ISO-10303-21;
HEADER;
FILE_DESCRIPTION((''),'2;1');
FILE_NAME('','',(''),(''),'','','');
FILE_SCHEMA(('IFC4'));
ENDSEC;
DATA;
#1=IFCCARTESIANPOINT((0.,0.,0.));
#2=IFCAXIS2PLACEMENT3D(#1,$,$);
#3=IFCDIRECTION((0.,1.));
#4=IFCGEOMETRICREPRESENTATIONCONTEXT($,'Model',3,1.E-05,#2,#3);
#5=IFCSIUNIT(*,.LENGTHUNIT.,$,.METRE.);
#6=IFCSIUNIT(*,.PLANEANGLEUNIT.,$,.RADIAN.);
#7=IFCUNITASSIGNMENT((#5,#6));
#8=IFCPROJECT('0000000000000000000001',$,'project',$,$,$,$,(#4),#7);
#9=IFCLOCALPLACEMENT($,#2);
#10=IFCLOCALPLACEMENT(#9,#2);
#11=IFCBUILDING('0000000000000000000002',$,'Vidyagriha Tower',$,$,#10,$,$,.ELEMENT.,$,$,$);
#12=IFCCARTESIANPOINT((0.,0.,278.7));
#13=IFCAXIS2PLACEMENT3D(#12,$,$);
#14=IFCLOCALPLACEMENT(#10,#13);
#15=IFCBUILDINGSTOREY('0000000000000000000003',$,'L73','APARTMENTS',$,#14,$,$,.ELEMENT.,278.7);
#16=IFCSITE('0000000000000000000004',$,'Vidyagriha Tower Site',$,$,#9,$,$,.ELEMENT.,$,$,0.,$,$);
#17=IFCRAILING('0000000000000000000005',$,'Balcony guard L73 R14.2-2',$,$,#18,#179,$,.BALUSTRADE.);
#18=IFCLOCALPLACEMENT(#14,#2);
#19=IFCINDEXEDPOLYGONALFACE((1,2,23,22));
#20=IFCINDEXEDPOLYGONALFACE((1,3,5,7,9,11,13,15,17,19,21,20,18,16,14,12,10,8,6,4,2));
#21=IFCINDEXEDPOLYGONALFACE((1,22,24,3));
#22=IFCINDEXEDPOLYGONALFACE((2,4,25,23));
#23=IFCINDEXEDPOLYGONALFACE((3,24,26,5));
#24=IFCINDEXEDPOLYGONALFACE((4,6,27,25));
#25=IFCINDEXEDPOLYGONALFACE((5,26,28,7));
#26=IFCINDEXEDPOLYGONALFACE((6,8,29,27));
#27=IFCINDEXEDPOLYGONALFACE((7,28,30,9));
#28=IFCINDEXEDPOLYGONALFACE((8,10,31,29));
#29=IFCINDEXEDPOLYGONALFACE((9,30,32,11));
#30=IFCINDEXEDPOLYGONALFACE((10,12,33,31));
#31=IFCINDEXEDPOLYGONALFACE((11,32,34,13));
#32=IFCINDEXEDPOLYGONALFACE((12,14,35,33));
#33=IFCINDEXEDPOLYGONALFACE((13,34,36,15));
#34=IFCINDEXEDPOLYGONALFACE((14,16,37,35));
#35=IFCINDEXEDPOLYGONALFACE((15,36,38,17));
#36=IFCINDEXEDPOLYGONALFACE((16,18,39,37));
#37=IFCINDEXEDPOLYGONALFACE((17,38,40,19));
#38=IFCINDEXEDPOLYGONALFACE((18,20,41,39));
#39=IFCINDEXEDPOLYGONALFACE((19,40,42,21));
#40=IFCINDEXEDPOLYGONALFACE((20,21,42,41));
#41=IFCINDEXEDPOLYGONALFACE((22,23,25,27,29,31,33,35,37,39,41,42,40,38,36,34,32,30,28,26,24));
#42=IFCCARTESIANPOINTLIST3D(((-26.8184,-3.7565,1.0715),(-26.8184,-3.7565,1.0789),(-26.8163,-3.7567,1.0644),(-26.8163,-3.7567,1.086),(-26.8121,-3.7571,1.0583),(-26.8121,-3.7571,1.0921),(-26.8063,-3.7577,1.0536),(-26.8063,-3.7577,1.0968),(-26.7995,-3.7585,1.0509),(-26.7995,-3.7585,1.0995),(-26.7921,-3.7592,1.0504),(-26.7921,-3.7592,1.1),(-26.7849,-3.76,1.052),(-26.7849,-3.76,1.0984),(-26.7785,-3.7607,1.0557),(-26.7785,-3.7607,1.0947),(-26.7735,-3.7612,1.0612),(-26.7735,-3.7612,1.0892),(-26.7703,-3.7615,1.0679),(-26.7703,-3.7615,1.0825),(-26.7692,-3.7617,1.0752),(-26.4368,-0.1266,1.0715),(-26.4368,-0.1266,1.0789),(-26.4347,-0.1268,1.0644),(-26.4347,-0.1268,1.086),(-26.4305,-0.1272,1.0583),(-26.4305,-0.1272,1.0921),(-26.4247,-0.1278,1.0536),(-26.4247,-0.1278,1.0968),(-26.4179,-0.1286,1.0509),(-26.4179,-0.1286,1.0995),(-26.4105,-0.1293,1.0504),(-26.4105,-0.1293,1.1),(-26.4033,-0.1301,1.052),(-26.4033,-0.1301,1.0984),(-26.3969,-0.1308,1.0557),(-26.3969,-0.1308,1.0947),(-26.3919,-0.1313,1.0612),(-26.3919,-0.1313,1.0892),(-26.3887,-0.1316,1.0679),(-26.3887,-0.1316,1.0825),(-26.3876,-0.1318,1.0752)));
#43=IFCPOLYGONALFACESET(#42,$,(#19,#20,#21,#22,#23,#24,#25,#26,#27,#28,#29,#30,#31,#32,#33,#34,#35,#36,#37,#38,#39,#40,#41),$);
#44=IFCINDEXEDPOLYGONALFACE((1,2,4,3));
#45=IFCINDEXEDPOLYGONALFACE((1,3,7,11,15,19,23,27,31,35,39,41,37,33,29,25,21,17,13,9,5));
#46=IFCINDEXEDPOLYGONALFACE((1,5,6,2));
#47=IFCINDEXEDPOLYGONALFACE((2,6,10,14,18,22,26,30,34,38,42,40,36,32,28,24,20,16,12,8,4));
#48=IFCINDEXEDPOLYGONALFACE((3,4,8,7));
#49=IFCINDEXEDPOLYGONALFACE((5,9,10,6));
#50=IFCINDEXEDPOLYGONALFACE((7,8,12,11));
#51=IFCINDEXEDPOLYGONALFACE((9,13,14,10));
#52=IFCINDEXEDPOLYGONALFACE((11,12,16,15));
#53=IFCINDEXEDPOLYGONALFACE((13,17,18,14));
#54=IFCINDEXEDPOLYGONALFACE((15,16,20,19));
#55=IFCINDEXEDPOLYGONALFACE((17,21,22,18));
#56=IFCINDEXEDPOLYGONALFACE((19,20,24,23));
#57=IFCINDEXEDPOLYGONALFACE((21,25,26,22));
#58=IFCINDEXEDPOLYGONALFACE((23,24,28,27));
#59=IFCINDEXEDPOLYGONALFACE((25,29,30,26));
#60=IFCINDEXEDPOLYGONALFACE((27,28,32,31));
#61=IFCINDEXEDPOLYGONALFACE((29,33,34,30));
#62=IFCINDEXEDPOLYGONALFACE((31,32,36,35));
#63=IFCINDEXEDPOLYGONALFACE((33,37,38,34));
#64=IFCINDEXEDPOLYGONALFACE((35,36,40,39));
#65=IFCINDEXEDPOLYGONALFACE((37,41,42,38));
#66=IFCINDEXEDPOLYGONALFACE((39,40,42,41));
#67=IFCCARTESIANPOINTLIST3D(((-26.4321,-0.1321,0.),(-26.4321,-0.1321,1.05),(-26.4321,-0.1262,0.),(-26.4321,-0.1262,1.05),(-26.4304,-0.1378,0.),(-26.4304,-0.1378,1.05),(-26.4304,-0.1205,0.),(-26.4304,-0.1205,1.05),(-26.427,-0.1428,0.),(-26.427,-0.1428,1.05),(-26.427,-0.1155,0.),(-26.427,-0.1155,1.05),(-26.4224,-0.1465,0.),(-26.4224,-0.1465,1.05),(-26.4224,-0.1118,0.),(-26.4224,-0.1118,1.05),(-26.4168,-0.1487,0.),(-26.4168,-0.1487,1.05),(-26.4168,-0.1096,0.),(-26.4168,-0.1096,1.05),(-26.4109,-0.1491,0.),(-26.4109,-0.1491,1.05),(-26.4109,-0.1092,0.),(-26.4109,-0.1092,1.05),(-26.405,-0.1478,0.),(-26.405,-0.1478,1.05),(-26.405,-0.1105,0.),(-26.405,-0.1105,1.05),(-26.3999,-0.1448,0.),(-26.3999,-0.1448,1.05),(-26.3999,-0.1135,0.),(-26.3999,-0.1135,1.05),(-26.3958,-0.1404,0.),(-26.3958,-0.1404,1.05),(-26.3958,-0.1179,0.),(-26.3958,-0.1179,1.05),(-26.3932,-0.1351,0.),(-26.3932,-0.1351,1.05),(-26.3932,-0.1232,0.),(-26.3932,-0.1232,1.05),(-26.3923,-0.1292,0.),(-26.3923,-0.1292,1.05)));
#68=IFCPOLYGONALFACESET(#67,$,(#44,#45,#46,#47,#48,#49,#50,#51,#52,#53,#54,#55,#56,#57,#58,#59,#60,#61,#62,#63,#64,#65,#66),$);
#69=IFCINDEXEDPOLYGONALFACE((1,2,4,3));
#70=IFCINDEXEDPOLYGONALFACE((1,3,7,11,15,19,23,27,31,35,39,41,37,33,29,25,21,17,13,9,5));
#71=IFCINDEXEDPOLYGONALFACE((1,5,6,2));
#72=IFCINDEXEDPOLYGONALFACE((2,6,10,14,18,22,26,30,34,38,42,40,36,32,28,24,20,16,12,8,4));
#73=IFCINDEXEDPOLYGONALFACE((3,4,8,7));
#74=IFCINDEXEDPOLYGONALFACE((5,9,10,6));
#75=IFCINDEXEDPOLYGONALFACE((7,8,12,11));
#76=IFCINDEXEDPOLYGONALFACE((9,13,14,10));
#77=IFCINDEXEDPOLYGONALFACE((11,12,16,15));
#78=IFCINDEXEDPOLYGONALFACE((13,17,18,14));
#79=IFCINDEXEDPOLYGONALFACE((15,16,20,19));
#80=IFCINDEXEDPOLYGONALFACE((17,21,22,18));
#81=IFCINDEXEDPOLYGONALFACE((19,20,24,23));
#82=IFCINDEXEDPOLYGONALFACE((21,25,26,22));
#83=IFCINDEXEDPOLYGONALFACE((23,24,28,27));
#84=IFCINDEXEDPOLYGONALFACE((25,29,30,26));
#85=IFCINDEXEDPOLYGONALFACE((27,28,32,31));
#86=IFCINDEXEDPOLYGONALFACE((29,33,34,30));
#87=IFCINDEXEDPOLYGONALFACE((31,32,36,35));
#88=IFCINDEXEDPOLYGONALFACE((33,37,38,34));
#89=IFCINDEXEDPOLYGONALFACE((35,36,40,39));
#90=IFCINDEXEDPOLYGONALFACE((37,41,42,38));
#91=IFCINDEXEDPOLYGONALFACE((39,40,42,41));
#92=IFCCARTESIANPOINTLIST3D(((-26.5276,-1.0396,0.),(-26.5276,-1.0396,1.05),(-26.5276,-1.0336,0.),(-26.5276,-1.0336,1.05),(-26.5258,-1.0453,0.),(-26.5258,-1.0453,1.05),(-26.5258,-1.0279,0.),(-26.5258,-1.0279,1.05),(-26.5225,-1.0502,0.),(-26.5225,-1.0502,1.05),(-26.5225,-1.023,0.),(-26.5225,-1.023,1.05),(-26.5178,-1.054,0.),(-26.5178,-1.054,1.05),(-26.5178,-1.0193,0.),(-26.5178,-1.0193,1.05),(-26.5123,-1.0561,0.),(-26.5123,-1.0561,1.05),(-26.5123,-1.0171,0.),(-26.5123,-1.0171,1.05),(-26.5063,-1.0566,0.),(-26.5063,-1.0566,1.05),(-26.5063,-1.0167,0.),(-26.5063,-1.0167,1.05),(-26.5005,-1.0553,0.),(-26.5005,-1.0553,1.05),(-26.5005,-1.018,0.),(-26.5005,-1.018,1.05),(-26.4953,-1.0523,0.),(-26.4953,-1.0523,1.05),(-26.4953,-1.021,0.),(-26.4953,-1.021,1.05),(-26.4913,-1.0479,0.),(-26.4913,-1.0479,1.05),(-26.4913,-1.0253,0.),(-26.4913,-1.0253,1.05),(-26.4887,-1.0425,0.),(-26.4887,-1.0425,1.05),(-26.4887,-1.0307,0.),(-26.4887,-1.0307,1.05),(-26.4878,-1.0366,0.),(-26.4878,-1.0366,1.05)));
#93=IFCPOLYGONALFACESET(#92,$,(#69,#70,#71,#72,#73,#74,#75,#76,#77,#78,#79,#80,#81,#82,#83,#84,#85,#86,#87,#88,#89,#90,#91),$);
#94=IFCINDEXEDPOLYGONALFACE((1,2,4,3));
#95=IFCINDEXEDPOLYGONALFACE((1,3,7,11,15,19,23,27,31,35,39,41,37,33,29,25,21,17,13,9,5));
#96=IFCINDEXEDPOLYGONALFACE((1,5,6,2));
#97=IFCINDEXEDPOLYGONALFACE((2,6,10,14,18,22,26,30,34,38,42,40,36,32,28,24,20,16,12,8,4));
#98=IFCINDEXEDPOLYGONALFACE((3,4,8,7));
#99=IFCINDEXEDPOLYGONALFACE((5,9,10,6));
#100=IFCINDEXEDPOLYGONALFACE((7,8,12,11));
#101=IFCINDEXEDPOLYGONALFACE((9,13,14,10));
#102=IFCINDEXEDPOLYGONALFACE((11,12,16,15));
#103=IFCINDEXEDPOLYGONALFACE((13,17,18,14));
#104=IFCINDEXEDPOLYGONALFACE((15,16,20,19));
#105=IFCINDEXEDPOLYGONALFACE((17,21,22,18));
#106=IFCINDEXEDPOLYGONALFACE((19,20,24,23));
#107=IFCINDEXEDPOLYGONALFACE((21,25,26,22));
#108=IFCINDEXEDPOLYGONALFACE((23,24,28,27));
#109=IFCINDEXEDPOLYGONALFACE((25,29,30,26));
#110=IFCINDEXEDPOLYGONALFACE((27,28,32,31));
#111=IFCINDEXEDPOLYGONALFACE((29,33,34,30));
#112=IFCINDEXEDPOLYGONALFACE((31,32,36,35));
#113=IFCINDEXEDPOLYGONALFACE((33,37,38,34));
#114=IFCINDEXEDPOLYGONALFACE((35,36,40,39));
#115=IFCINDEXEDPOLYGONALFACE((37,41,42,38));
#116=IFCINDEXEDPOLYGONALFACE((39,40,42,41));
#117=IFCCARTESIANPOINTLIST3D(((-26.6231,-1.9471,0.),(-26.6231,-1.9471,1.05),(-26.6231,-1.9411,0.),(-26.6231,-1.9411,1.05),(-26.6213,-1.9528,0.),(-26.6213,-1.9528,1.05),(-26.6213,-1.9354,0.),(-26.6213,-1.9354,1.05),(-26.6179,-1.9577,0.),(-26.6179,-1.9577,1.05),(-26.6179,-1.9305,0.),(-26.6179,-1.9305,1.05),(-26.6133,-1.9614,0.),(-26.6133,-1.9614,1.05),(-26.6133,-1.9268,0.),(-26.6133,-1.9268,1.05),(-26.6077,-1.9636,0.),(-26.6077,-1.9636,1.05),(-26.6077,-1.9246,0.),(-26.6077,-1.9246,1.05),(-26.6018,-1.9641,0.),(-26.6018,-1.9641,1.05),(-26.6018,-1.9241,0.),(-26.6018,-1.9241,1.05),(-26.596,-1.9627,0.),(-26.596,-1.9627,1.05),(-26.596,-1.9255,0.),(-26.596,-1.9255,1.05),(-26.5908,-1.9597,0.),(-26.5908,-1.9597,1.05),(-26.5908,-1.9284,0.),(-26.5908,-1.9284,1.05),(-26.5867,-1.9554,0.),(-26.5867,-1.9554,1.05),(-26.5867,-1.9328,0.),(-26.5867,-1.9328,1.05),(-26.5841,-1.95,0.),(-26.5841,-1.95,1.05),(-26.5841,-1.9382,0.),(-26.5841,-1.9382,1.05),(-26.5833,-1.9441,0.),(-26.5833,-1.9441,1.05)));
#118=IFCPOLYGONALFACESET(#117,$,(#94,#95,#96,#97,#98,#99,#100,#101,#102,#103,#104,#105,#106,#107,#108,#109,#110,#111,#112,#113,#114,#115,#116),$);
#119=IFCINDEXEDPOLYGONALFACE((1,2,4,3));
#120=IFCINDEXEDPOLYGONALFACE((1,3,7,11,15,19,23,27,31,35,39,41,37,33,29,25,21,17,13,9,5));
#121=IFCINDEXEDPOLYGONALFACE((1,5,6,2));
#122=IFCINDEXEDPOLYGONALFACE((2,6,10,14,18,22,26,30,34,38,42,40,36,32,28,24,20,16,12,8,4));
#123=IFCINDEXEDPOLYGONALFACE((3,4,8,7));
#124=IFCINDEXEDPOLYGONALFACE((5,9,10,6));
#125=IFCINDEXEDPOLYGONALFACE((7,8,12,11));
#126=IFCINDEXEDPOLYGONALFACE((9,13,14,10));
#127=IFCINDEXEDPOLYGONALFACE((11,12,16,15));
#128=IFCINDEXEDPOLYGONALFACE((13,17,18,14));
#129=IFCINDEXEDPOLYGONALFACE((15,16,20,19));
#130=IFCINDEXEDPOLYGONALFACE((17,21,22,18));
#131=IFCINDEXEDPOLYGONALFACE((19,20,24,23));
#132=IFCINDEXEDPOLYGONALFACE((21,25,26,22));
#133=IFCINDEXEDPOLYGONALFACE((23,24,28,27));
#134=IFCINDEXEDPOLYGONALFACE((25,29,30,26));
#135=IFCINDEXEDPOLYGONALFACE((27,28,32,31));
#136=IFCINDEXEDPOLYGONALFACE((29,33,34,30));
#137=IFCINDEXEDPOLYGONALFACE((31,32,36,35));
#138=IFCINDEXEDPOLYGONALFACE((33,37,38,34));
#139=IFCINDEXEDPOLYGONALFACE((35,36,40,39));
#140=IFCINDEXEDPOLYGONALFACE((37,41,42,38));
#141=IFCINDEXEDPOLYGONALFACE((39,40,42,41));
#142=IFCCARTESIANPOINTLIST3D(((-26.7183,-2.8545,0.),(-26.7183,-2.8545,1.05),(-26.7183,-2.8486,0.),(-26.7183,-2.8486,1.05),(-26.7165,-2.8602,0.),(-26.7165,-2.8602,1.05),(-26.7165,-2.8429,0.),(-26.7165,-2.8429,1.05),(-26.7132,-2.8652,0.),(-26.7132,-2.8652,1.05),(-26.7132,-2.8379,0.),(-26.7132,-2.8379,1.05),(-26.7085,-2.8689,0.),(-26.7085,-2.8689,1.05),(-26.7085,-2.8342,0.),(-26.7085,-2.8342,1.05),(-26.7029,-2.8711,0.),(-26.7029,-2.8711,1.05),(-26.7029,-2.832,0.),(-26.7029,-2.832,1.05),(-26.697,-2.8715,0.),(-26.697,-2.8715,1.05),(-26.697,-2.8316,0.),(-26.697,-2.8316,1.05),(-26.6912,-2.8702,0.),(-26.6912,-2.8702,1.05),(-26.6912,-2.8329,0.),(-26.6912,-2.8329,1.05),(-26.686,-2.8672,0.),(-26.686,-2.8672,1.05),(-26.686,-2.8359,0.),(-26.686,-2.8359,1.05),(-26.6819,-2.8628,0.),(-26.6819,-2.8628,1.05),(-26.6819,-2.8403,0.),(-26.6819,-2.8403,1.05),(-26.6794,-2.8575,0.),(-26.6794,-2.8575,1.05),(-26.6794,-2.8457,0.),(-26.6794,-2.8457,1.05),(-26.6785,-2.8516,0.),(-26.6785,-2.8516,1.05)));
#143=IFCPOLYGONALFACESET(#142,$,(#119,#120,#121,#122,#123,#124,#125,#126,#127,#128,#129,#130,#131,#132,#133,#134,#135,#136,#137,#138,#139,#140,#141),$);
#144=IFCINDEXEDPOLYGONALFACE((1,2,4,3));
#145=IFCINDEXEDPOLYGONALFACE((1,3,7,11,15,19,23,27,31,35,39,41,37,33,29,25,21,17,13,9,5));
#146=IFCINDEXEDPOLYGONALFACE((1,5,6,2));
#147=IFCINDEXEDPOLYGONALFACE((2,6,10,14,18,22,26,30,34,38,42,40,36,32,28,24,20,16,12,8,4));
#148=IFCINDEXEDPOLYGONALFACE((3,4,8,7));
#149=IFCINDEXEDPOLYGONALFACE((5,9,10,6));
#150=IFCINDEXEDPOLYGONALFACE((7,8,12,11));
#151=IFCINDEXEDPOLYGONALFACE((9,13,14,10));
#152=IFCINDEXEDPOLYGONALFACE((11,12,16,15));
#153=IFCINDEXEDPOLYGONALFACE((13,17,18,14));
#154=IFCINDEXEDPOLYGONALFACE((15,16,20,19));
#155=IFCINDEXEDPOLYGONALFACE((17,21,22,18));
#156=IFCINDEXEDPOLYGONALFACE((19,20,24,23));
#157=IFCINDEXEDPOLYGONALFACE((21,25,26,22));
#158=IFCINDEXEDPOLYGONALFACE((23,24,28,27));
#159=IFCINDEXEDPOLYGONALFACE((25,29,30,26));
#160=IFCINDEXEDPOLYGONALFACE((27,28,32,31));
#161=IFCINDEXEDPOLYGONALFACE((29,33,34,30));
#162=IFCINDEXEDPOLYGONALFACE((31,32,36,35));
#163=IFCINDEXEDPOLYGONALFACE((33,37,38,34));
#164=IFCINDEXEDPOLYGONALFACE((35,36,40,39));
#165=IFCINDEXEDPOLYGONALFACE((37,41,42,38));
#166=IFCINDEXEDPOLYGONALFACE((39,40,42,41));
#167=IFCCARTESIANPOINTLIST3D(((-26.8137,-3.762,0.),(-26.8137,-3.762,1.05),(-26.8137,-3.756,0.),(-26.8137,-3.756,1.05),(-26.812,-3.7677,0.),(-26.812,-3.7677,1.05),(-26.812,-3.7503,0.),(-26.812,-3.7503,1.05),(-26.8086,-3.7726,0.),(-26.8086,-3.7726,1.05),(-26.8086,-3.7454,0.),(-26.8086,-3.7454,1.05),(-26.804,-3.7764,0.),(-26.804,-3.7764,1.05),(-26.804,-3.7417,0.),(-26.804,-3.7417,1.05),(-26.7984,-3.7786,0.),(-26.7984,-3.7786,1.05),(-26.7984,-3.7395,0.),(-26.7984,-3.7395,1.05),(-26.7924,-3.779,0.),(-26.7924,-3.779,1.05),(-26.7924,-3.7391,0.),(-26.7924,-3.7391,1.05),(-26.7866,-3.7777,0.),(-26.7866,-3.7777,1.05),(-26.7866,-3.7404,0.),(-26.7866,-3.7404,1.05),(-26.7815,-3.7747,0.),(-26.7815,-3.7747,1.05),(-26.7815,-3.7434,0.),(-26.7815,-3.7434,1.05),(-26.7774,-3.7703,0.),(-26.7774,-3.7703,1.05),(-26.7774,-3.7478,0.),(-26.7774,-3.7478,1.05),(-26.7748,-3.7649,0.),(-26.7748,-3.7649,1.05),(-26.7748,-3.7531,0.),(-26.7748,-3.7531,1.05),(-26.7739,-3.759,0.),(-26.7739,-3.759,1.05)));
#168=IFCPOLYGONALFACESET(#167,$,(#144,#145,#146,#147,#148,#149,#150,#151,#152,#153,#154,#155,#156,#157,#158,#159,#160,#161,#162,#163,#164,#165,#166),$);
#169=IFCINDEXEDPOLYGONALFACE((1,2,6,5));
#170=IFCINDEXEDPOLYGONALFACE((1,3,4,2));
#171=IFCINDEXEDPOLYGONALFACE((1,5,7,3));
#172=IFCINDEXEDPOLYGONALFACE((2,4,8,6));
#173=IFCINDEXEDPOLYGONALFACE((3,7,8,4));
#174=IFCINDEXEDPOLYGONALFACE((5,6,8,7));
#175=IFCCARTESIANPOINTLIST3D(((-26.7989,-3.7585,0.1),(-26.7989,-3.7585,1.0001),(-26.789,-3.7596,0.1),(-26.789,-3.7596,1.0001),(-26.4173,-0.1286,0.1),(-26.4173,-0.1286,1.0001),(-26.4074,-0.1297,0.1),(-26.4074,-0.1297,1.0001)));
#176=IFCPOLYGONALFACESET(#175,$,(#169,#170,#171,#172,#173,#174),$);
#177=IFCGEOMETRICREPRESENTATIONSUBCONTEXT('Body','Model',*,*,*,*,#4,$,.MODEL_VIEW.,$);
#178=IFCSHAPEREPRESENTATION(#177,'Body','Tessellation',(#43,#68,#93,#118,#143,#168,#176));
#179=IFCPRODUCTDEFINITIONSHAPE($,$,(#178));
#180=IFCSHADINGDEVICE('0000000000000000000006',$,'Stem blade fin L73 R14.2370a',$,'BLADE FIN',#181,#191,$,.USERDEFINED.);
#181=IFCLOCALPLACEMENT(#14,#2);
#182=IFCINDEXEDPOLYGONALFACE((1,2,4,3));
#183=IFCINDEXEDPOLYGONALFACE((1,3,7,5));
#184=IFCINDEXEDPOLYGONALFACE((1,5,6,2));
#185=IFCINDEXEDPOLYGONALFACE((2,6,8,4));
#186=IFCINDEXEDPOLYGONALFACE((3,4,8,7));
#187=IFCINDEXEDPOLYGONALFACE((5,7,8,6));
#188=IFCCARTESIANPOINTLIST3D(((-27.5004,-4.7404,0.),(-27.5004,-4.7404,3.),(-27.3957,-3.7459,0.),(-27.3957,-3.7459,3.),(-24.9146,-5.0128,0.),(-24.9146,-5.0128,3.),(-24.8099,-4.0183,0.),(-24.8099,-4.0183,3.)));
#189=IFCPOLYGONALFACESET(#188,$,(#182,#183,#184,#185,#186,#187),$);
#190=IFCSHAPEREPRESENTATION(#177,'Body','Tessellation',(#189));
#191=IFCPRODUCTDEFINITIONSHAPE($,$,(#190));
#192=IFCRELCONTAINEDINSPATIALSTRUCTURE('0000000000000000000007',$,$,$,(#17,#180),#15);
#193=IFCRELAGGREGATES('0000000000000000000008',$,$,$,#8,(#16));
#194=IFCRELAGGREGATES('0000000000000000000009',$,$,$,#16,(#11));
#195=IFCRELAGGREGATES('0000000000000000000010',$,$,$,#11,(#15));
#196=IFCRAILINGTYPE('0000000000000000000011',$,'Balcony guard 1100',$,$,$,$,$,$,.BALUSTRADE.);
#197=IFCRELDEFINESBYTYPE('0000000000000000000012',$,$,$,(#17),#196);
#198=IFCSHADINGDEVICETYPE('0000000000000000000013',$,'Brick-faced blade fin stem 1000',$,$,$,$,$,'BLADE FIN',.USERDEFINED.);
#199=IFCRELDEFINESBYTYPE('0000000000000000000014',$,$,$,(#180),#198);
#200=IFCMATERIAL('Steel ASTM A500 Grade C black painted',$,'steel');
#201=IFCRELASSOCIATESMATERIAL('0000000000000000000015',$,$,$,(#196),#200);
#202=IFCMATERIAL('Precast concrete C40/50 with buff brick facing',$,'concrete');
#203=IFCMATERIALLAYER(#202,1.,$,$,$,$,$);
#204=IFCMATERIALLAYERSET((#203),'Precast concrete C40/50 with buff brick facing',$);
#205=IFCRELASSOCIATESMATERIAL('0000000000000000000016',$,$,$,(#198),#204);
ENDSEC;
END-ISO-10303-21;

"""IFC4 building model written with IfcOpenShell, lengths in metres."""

from ifc_helpers import new_model, si_unit, direction, frame, origin, origin_2d, place, context, subcontext, project, spatial, polyline, rectangle, circle, outline, extrude, material, layer, layer_set, type_object, element, save


model = new_model("IFC4")

# Units and contexts
model_context = context("Model", 3, precision=1e-05, world=origin(), true_north=direction((0.0, 1.0)))
body_context = subcontext(model_context, "Body", "Model", "MODEL_VIEW")
ifc_project = project(units=[si_unit("LENGTHUNIT", "METRE"), si_unit("PLANEANGLEUNIT", "RADIAN")], contexts=[model_context])

# Site, building, storey
site_placement = place(None, origin())
site = spatial("IfcSite", under=ifc_project, at=site_placement, Name="Vidyagriha Tower Site", CompositionType="ELEMENT", RefElevation=0.0)
building_placement = place(site_placement, origin())
building = spatial("IfcBuilding", under=site, at=building_placement, Name="Vidyagriha Tower", CompositionType="ELEMENT")
storey_placement = place(building_placement, frame((0.0, 0.0, 278.7)))
storey = spatial("IfcBuildingStorey", under=building, at=storey_placement, Name="L73", Description="APARTMENTS", CompositionType="ELEMENT", Elevation=278.7)

# Railing
ifc_material_1 = material(Name="Steel ASTM A500 Grade C black painted", Category="steel")
railing_type_1 = type_object("IfcRailingType", Name="Balcony guard 1100", PredefinedType="BALUSTRADE", material=ifc_material_1)
railing_1_placement = place(storey_placement, frame((-26.4124, -0.1292, 0.0)))
element("IfcRailing", 1, at=railing_1_placement, inside=storey, type_object=railing_type_1, Name="Balcony guard L73 R14.2-2", PredefinedType="BALUSTRADE", context=body_context, shape_type="SweptSolid", body=[
    extrude(circle(Radius=0.0249, at=origin_2d()), frame((0.0, 0.0, 1.0752), z_axis=(-0.104549, -0.99452, 0.0), x_axis=(0.99452, -0.104549, 0.0)), (0.0, 0.0, 1.0), 3.6499),
    extrude(circle(Radius=0.02, at=origin_2d()), origin(), (0.0, 0.0, 1.0), 1.05),
    extrude(circle(Radius=0.02, at=origin_2d()), frame((-0.0955, -0.9075, 0.0)), (0.0, 0.0, 1.0), 1.05),
    extrude(circle(Radius=0.02, at=origin_2d()), frame((-0.1909, -1.8149, 0.0)), (0.0, 0.0, 1.0), 1.05),
    extrude(circle(Radius=0.02, at=origin_2d()), frame((-0.2861, -2.7224, 0.0)), (0.0, 0.0, 1.0), 1.05),
    extrude(circle(Radius=0.02, at=origin_2d()), frame((-0.3816, -3.6299, 0.0)), (0.0, 0.0, 1.0), 1.05),
    extrude(rectangle(XDim=0.01, YDim=0.9001, at=origin_2d()), frame((0.0, 0.0, 0.55), z_axis=(-0.104549, -0.99452, 0.0), x_axis=(0.99452, -0.104549, 0.0)), (0.0, 0.0, 1.0), 3.6499),
])

# Shading device
ifc_material_2 = material(Name="Precast concrete C40/50 with buff brick facing", Category="concrete")
ifc_layer_1 = layer(ifc_material_2, 1.0)
ifc_layer_set_1 = layer_set([ifc_layer_1], Name="Precast concrete C40/50 with buff brick facing")
shading_device_type = type_object("IfcShadingDeviceType", Name="Brick-faced blade fin stem 1000", ElementType="BLADE FIN", PredefinedType="USERDEFINED", material=ifc_layer_set_1)
shading_device_placement = place(storey_placement, frame((-26.1028, -3.8821, 0.0), z_axis=(0.0, 0.0, 1.0), x_axis=(-0.104748, -0.994499, 0.0)))
element("IfcShadingDevice", 2, at=shading_device_placement, inside=storey, type_object=shading_device_type, Name="Stem blade fin L73 R14.2370a", ObjectType="BLADE FIN", PredefinedType="USERDEFINED", context=body_context, shape_type="SweptSolid", body=[
    extrude(outline(polyline([(0.0, 0.0), (1.0, 0.0), (1.0, 3.0), (0.0, 3.0), (0.0, 0.0)])), frame((0.0, 1.3, 0.0), z_axis=(0.0, -1.0, 0.0), x_axis=(1.0, 0.0, 0.0)), (0.0, 0.0, 1.0), 2.6001),
])

save(model, "model.ifc")
